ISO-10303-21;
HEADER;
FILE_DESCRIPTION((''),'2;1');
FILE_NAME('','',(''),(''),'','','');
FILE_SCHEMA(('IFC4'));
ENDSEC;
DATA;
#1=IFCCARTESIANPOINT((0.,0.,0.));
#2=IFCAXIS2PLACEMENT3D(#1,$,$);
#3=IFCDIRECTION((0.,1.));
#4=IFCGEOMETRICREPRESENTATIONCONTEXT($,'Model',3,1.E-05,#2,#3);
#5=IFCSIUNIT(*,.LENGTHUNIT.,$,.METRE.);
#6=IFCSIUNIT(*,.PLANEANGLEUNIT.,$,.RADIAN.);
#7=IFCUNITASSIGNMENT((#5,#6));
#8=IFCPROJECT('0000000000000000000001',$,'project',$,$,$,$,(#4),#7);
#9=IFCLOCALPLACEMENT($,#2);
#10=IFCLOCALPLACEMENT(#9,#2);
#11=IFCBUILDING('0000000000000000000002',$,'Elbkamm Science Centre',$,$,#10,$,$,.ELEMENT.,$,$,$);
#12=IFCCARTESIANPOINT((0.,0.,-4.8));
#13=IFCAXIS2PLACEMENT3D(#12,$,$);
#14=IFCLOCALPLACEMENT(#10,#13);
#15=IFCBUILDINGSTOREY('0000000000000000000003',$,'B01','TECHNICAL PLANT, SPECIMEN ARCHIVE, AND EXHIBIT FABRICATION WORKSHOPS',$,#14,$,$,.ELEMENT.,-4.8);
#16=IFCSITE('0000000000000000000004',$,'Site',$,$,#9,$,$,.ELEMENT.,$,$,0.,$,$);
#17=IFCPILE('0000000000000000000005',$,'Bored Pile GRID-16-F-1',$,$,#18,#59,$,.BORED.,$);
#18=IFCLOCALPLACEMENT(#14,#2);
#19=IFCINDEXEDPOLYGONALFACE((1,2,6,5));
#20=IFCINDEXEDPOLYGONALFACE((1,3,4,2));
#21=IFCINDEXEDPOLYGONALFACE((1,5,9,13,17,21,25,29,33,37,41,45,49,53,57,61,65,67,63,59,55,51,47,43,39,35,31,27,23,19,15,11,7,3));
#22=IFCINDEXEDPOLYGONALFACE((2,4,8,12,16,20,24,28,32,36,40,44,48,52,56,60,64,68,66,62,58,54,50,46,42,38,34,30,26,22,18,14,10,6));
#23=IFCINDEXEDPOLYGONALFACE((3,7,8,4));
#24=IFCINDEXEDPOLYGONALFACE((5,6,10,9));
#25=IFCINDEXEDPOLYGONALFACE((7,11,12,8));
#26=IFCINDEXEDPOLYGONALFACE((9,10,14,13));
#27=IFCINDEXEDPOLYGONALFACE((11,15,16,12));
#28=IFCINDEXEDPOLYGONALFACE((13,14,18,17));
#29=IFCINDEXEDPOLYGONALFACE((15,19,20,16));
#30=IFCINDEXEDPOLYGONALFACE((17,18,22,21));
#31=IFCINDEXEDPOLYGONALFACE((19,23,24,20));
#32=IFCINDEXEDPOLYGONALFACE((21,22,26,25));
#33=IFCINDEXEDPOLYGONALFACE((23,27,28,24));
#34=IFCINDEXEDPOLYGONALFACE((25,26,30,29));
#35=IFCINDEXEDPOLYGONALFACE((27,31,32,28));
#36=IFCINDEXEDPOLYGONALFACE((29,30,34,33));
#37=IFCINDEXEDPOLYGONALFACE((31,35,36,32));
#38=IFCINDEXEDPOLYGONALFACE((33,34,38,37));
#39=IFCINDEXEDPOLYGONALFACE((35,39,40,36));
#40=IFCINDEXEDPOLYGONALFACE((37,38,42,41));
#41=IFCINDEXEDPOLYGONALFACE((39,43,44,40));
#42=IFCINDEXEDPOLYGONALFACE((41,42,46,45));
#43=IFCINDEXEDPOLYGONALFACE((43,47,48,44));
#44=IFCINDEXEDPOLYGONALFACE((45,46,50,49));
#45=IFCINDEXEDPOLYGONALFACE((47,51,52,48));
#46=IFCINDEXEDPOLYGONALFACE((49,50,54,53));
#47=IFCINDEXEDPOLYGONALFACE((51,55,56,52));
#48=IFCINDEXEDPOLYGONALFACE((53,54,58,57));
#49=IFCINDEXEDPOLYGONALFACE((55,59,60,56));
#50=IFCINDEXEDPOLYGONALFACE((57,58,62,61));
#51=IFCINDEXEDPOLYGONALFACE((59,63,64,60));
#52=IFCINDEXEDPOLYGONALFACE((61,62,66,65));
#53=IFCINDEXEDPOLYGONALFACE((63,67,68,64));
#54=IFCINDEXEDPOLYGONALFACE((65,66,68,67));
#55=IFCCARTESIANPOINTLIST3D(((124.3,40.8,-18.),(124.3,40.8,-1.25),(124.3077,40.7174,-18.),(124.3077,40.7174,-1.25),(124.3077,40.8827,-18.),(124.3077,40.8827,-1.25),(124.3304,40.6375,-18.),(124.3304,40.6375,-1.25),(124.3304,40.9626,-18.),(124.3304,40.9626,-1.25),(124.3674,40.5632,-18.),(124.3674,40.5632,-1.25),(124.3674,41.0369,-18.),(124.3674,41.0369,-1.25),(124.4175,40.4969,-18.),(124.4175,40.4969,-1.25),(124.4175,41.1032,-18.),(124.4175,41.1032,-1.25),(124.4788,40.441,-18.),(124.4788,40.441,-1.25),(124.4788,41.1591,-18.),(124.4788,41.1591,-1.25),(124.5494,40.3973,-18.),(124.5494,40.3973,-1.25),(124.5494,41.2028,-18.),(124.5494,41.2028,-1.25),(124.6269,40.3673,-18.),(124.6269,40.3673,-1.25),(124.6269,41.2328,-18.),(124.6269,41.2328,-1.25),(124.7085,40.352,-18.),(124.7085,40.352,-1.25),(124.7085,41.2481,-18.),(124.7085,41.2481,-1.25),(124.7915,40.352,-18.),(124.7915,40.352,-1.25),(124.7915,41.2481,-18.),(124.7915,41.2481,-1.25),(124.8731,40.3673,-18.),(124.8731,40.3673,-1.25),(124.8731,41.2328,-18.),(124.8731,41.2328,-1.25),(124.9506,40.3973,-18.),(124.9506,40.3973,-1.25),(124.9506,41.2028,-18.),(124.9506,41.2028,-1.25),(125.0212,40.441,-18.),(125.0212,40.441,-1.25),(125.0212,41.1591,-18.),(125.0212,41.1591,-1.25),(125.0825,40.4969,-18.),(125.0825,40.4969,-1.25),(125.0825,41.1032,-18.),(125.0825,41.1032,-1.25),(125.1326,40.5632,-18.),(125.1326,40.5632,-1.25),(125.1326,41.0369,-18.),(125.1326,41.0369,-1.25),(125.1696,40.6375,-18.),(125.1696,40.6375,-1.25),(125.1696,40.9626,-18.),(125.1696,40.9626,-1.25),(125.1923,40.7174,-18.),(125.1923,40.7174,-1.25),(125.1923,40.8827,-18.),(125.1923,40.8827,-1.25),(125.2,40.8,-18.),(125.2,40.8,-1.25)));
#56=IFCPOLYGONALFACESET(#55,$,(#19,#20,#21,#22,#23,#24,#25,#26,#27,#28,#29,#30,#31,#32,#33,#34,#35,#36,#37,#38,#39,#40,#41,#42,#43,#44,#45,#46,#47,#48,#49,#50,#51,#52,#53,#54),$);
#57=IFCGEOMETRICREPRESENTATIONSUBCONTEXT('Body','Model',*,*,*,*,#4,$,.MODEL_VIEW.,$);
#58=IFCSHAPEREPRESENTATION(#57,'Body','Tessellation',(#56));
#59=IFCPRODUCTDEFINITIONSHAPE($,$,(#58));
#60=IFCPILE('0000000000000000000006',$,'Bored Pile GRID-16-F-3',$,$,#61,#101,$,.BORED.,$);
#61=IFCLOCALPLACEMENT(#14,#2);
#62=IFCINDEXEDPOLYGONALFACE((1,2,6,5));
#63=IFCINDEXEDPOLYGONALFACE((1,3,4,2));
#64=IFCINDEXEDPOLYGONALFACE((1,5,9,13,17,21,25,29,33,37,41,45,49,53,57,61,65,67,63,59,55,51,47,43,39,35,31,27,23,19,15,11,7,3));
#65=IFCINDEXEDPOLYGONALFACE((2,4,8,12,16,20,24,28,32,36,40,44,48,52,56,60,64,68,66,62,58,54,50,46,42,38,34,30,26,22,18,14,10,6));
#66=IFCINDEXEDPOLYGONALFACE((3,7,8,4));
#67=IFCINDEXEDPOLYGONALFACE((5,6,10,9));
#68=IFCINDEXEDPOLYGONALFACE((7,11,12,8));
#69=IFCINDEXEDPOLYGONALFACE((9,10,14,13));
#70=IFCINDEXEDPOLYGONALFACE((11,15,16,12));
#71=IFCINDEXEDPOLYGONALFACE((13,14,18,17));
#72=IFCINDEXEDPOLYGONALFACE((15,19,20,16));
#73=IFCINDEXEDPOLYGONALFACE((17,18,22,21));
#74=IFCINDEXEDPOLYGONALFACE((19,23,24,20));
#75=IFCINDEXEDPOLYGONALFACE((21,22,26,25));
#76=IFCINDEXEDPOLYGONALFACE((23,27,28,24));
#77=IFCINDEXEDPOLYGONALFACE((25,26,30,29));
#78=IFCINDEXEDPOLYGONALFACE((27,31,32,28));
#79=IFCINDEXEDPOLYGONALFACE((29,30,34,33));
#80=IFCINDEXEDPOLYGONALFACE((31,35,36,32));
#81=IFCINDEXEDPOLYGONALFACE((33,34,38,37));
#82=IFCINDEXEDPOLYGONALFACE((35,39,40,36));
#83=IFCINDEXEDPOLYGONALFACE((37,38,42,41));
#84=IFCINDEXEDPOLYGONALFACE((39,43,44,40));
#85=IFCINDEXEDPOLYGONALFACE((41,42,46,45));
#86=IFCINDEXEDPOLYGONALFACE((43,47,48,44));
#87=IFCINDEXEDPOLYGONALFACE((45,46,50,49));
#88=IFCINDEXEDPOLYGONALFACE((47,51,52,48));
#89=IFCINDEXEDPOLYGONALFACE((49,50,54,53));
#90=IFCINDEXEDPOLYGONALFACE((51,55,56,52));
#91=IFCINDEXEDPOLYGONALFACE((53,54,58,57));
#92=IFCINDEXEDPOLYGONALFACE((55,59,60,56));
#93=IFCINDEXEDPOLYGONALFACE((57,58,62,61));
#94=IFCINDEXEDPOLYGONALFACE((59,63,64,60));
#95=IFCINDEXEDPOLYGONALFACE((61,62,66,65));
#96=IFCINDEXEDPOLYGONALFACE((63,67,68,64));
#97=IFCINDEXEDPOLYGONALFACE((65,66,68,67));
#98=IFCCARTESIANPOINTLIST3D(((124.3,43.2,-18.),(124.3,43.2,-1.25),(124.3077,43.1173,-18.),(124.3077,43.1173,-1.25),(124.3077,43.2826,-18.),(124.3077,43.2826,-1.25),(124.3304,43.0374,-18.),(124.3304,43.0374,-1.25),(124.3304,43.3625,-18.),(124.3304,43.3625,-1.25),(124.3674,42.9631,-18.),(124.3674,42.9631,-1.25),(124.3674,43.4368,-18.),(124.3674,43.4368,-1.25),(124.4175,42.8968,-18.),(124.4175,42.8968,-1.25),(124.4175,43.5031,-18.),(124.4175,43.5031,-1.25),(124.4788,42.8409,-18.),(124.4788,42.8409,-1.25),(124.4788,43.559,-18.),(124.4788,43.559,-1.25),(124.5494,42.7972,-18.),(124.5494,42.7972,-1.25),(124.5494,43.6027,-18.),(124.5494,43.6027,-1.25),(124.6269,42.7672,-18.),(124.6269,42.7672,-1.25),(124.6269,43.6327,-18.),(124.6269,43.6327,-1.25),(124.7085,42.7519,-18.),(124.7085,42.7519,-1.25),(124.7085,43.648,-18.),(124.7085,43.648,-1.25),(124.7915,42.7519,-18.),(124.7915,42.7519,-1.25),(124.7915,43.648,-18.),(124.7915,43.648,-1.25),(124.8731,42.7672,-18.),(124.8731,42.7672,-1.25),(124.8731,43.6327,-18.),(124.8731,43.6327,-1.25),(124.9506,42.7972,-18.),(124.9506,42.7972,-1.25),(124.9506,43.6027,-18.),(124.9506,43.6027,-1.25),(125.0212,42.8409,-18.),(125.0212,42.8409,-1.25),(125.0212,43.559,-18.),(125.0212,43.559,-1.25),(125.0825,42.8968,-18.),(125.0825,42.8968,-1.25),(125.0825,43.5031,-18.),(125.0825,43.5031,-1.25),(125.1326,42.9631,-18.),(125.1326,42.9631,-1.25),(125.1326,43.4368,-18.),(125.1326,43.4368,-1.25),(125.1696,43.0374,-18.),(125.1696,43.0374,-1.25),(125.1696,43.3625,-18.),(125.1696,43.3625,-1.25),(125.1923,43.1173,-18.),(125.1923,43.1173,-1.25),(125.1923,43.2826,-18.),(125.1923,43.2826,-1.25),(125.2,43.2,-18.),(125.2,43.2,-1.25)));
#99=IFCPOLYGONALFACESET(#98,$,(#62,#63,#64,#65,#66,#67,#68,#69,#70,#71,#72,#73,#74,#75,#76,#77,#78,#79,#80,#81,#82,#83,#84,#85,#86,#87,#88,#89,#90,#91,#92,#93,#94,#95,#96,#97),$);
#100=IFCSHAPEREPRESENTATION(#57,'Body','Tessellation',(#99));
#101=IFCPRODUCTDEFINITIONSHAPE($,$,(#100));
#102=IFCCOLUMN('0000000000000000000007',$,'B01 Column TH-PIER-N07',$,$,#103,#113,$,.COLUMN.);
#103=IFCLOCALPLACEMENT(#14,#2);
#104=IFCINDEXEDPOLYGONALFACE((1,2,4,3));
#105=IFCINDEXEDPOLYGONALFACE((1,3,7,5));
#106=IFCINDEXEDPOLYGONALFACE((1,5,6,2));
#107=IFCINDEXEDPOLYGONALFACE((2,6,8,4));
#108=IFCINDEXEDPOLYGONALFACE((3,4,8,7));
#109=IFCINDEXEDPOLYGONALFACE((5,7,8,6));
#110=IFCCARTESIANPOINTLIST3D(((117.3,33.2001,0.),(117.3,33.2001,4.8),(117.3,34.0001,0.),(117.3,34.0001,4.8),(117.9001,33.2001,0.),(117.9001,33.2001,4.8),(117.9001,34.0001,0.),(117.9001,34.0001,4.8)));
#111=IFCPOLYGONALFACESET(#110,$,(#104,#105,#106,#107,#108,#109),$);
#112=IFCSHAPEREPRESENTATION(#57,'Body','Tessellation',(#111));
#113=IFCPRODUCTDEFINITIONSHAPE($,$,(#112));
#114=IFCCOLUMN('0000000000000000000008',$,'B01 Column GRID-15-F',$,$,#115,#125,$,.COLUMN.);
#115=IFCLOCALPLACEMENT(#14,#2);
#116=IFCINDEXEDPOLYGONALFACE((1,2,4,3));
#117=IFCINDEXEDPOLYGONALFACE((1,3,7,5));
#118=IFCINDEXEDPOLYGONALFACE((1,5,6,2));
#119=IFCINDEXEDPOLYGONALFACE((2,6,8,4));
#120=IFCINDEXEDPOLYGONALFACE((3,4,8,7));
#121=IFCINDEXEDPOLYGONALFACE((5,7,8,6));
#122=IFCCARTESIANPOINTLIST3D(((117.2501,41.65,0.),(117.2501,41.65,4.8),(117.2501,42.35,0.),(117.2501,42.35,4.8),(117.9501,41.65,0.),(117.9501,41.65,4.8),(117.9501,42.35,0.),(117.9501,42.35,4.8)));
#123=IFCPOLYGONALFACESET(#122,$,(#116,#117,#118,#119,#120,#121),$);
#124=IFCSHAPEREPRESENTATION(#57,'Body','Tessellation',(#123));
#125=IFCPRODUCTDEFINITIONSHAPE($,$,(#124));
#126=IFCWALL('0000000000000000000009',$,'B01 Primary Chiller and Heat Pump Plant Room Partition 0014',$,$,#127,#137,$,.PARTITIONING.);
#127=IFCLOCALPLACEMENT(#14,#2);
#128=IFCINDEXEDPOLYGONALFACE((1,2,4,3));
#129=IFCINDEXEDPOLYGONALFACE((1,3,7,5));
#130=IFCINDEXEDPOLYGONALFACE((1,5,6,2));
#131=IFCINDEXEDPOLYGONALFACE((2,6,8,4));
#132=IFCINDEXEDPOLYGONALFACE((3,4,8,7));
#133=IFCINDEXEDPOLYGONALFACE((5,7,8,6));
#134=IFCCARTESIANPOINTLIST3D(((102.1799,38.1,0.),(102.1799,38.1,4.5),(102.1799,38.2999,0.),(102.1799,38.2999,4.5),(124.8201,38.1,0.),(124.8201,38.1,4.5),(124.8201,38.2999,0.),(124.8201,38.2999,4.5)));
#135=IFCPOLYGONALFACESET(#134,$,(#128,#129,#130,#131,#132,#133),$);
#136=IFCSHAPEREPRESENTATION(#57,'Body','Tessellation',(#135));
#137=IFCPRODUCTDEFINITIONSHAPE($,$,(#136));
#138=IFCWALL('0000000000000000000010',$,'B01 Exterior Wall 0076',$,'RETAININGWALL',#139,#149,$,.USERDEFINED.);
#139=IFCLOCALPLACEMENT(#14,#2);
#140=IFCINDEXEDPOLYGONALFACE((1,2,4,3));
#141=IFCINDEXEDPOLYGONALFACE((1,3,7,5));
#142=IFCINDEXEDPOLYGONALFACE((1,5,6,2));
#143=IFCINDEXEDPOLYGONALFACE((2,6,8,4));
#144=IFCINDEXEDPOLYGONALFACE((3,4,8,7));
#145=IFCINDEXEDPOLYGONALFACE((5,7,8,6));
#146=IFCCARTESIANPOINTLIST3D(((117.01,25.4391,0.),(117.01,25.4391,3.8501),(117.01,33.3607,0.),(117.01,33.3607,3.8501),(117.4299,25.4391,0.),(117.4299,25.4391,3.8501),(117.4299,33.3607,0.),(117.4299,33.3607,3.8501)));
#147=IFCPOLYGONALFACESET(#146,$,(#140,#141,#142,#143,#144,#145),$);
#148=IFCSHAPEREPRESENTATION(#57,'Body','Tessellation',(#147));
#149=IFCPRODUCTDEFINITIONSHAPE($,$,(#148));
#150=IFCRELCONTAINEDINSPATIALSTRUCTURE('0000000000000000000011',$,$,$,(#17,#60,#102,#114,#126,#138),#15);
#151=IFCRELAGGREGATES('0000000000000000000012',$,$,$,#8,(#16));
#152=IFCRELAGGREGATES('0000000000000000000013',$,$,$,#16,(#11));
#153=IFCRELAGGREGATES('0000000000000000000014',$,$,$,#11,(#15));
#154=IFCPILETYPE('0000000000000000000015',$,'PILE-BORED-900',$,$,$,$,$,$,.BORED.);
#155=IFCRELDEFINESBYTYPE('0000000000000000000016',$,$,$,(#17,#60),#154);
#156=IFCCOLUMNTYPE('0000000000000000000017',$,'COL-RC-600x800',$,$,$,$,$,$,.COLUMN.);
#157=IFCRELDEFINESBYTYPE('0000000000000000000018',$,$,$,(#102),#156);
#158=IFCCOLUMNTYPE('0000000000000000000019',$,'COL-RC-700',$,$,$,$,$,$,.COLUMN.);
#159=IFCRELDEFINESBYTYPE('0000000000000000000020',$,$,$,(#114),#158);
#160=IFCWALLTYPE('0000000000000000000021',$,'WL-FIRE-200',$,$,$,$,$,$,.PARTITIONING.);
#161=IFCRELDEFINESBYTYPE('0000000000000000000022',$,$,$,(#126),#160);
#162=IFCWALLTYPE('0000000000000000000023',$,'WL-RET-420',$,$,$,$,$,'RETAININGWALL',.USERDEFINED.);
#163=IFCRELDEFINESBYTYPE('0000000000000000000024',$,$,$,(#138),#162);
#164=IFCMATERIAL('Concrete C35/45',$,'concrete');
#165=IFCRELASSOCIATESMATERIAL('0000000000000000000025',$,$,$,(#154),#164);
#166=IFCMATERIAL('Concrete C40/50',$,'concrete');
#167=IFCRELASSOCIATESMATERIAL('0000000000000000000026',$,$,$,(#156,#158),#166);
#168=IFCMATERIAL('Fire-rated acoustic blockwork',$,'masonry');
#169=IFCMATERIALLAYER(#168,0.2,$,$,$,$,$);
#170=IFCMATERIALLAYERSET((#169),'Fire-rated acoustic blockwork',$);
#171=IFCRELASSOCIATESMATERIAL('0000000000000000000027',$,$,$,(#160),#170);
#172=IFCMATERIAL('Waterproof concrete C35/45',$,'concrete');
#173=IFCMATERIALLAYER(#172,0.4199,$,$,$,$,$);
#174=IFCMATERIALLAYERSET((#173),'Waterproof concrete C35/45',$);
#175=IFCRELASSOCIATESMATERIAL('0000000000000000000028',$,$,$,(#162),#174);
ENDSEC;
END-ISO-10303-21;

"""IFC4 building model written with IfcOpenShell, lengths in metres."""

from ifc_helpers import new_model, si_unit, direction, frame, frame_2d, origin, origin_2d, place, context, subcontext, project, spatial, rectangle, circle, extrude, material, layer, layer_set, material_profile, profile_set, type_object, element, save


model = new_model("IFC4")

# Units and contexts
model_context = context("Model", 3, precision=1e-05, world=origin(), true_north=direction((0.0, 1.0)))
body_context = subcontext(model_context, "Body", "Model", "MODEL_VIEW")
ifc_project = project(units=[si_unit("LENGTHUNIT", "METRE"), si_unit("PLANEANGLEUNIT", "RADIAN")], contexts=[model_context])

# Site, building, storey
site_placement = place(None, origin())
site = spatial("IfcSite", under=ifc_project, at=site_placement, Name="Site", CompositionType="ELEMENT", RefElevation=0.0)
building_placement = place(site_placement, origin())
building = spatial("IfcBuilding", under=site, at=building_placement, Name="Elbkamm Science Centre", CompositionType="ELEMENT")
storey_placement = place(building_placement, frame((0.0, 0.0, -4.8)))
storey = spatial("IfcBuildingStorey", under=building, at=storey_placement, Name="B01", Description="TECHNICAL PLANT, SPECIMEN ARCHIVE, AND EXHIBIT FABRICATION WORKSHOPS", CompositionType="ELEMENT", Elevation=-4.8)

# Shared definitions
ifc_material_1 = material(Name="Concrete C35/45", Category="concrete")

# Piles
ifc_material_profile_1 = material_profile(ifc_material_1, circle(Radius=0.45, at=origin_2d()), Name="PILE D900")
ifc_profile_set_1 = profile_set([ifc_material_profile_1], Name="Concrete C35/45")
pile_type_1 = type_object("IfcPileType", Name="PILE-BORED-900", PredefinedType="BORED", material=ifc_profile_set_1)
for number, where, z_axis, x_axis, name in (
    (1, (124.75, 40.8, -1.25), (0.0, 0.0, -1.0), (1.0, 0.0, 0.0), "Bored Pile GRID-16-F-1"),
    (2, (124.75, 43.2, -1.25), (0.0, 0.0, -1.0), (1.0, 0.0, 0.0), "Bored Pile GRID-16-F-3"),
):
    element("IfcPile", number, at=place(storey_placement, frame(where, z_axis=z_axis, x_axis=x_axis)), inside=storey, type_object=pile_type_1, Name=name, PredefinedType="BORED", context=body_context, shape_type="SweptSolid", body=[
        extrude(circle(Radius=0.45, at=origin_2d()), origin(), (0.0, 0.0, 1.0), 16.75),
    ])

# Columns
ifc_material_2 = material(Name="Concrete C40/50", Category="concrete")
ifc_material_profile_2 = material_profile(ifc_material_2, rectangle(XDim=0.6001, YDim=0.8, at=origin_2d()), Name="RC 600x800")
ifc_profile_set_2 = profile_set([ifc_material_profile_2], Name="Concrete C40/50")
column_type_1 = type_object("IfcColumnType", Name="COL-RC-600x800", PredefinedType="COLUMN", material=ifc_profile_set_2)
column_1_placement = place(storey_placement, frame((117.6001, 33.6001, 0.0), z_axis=(0.0, 0.0, 1.0), x_axis=(1.0, 0.0, 0.0)))
element("IfcColumn", 3, at=column_1_placement, inside=storey, type_object=column_type_1, Name="B01 Column TH-PIER-N07", PredefinedType="COLUMN", context=body_context, shape_type="SweptSolid", body=[
    extrude(rectangle(XDim=0.6001, YDim=0.8, at=origin_2d()), origin(), (0.0, 0.0, 1.0), 4.8),
])
ifc_material_profile_3 = material_profile(ifc_material_2, rectangle(XDim=0.7, YDim=0.7, at=origin_2d()), Name="RC 700x700")
ifc_profile_set_3 = profile_set([ifc_material_profile_3], Name="Concrete C40/50")
column_type_2 = type_object("IfcColumnType", Name="COL-RC-700", PredefinedType="COLUMN", material=ifc_profile_set_3)
column_2_placement = place(storey_placement, frame((117.6001, 42.0, 0.0), z_axis=(0.0, 0.0, 1.0), x_axis=(1.0, 0.0, 0.0)))
element("IfcColumn", 4, at=column_2_placement, inside=storey, type_object=column_type_2, Name="B01 Column GRID-15-F", PredefinedType="COLUMN", context=body_context, shape_type="SweptSolid", body=[
    extrude(rectangle(XDim=0.7, YDim=0.7, at=origin_2d()), origin(), (0.0, 0.0, 1.0), 4.8),
])

# Walls
ifc_material_3 = material(Name="Fire-rated acoustic blockwork", Category="masonry")
ifc_layer_1 = layer(ifc_material_3, 0.2)
ifc_layer_set_1 = layer_set([ifc_layer_1], Name="Fire-rated acoustic blockwork")
wall_type_1 = type_object("IfcWallType", Name="WL-FIRE-200", PredefinedType="PARTITIONING", material=ifc_layer_set_1)
wall_1_placement = place(storey_placement, frame((124.8201, 38.2, 0.0), z_axis=(0.0, 0.0, 1.0), x_axis=(-1.0, 0.0, 0.0)))
element("IfcWall", 5, at=wall_1_placement, inside=storey, type_object=wall_type_1, Name="B01 Primary Chiller and Heat Pump Plant Room Partition 0014", PredefinedType="PARTITIONING", context=body_context, shape_type="SweptSolid", body=[
    extrude(rectangle(XDim=22.6401, YDim=0.2, at=frame_2d((11.3201, 0.0))), origin(), (0.0, 0.0, 1.0), 4.5),
])
ifc_material_4 = material(Name="Waterproof concrete C35/45", Category="concrete")
ifc_layer_2 = layer(ifc_material_4, 0.4199)
ifc_layer_set_2 = layer_set([ifc_layer_2], Name="Waterproof concrete C35/45")
wall_type_2 = type_object("IfcWallType", Name="WL-RET-420", ElementType="RETAININGWALL", PredefinedType="USERDEFINED", material=ifc_layer_set_2)
wall_2_placement = place(storey_placement, frame((117.22, 33.3608, 0.0), z_axis=(0.0, 0.0, 1.0), x_axis=(0.0, -1.0, 0.0)))
element("IfcWall", 6, at=wall_2_placement, inside=storey, type_object=wall_type_2, Name="B01 Exterior Wall 0076", ObjectType="RETAININGWALL", PredefinedType="USERDEFINED", context=body_context, shape_type="SweptSolid", body=[
    extrude(rectangle(XDim=7.9216, YDim=0.4199, at=frame_2d((3.9609, 0.0))), origin(), (0.0, 0.0, 1.0), 3.8501),
])

save(model, "model.ifc")
